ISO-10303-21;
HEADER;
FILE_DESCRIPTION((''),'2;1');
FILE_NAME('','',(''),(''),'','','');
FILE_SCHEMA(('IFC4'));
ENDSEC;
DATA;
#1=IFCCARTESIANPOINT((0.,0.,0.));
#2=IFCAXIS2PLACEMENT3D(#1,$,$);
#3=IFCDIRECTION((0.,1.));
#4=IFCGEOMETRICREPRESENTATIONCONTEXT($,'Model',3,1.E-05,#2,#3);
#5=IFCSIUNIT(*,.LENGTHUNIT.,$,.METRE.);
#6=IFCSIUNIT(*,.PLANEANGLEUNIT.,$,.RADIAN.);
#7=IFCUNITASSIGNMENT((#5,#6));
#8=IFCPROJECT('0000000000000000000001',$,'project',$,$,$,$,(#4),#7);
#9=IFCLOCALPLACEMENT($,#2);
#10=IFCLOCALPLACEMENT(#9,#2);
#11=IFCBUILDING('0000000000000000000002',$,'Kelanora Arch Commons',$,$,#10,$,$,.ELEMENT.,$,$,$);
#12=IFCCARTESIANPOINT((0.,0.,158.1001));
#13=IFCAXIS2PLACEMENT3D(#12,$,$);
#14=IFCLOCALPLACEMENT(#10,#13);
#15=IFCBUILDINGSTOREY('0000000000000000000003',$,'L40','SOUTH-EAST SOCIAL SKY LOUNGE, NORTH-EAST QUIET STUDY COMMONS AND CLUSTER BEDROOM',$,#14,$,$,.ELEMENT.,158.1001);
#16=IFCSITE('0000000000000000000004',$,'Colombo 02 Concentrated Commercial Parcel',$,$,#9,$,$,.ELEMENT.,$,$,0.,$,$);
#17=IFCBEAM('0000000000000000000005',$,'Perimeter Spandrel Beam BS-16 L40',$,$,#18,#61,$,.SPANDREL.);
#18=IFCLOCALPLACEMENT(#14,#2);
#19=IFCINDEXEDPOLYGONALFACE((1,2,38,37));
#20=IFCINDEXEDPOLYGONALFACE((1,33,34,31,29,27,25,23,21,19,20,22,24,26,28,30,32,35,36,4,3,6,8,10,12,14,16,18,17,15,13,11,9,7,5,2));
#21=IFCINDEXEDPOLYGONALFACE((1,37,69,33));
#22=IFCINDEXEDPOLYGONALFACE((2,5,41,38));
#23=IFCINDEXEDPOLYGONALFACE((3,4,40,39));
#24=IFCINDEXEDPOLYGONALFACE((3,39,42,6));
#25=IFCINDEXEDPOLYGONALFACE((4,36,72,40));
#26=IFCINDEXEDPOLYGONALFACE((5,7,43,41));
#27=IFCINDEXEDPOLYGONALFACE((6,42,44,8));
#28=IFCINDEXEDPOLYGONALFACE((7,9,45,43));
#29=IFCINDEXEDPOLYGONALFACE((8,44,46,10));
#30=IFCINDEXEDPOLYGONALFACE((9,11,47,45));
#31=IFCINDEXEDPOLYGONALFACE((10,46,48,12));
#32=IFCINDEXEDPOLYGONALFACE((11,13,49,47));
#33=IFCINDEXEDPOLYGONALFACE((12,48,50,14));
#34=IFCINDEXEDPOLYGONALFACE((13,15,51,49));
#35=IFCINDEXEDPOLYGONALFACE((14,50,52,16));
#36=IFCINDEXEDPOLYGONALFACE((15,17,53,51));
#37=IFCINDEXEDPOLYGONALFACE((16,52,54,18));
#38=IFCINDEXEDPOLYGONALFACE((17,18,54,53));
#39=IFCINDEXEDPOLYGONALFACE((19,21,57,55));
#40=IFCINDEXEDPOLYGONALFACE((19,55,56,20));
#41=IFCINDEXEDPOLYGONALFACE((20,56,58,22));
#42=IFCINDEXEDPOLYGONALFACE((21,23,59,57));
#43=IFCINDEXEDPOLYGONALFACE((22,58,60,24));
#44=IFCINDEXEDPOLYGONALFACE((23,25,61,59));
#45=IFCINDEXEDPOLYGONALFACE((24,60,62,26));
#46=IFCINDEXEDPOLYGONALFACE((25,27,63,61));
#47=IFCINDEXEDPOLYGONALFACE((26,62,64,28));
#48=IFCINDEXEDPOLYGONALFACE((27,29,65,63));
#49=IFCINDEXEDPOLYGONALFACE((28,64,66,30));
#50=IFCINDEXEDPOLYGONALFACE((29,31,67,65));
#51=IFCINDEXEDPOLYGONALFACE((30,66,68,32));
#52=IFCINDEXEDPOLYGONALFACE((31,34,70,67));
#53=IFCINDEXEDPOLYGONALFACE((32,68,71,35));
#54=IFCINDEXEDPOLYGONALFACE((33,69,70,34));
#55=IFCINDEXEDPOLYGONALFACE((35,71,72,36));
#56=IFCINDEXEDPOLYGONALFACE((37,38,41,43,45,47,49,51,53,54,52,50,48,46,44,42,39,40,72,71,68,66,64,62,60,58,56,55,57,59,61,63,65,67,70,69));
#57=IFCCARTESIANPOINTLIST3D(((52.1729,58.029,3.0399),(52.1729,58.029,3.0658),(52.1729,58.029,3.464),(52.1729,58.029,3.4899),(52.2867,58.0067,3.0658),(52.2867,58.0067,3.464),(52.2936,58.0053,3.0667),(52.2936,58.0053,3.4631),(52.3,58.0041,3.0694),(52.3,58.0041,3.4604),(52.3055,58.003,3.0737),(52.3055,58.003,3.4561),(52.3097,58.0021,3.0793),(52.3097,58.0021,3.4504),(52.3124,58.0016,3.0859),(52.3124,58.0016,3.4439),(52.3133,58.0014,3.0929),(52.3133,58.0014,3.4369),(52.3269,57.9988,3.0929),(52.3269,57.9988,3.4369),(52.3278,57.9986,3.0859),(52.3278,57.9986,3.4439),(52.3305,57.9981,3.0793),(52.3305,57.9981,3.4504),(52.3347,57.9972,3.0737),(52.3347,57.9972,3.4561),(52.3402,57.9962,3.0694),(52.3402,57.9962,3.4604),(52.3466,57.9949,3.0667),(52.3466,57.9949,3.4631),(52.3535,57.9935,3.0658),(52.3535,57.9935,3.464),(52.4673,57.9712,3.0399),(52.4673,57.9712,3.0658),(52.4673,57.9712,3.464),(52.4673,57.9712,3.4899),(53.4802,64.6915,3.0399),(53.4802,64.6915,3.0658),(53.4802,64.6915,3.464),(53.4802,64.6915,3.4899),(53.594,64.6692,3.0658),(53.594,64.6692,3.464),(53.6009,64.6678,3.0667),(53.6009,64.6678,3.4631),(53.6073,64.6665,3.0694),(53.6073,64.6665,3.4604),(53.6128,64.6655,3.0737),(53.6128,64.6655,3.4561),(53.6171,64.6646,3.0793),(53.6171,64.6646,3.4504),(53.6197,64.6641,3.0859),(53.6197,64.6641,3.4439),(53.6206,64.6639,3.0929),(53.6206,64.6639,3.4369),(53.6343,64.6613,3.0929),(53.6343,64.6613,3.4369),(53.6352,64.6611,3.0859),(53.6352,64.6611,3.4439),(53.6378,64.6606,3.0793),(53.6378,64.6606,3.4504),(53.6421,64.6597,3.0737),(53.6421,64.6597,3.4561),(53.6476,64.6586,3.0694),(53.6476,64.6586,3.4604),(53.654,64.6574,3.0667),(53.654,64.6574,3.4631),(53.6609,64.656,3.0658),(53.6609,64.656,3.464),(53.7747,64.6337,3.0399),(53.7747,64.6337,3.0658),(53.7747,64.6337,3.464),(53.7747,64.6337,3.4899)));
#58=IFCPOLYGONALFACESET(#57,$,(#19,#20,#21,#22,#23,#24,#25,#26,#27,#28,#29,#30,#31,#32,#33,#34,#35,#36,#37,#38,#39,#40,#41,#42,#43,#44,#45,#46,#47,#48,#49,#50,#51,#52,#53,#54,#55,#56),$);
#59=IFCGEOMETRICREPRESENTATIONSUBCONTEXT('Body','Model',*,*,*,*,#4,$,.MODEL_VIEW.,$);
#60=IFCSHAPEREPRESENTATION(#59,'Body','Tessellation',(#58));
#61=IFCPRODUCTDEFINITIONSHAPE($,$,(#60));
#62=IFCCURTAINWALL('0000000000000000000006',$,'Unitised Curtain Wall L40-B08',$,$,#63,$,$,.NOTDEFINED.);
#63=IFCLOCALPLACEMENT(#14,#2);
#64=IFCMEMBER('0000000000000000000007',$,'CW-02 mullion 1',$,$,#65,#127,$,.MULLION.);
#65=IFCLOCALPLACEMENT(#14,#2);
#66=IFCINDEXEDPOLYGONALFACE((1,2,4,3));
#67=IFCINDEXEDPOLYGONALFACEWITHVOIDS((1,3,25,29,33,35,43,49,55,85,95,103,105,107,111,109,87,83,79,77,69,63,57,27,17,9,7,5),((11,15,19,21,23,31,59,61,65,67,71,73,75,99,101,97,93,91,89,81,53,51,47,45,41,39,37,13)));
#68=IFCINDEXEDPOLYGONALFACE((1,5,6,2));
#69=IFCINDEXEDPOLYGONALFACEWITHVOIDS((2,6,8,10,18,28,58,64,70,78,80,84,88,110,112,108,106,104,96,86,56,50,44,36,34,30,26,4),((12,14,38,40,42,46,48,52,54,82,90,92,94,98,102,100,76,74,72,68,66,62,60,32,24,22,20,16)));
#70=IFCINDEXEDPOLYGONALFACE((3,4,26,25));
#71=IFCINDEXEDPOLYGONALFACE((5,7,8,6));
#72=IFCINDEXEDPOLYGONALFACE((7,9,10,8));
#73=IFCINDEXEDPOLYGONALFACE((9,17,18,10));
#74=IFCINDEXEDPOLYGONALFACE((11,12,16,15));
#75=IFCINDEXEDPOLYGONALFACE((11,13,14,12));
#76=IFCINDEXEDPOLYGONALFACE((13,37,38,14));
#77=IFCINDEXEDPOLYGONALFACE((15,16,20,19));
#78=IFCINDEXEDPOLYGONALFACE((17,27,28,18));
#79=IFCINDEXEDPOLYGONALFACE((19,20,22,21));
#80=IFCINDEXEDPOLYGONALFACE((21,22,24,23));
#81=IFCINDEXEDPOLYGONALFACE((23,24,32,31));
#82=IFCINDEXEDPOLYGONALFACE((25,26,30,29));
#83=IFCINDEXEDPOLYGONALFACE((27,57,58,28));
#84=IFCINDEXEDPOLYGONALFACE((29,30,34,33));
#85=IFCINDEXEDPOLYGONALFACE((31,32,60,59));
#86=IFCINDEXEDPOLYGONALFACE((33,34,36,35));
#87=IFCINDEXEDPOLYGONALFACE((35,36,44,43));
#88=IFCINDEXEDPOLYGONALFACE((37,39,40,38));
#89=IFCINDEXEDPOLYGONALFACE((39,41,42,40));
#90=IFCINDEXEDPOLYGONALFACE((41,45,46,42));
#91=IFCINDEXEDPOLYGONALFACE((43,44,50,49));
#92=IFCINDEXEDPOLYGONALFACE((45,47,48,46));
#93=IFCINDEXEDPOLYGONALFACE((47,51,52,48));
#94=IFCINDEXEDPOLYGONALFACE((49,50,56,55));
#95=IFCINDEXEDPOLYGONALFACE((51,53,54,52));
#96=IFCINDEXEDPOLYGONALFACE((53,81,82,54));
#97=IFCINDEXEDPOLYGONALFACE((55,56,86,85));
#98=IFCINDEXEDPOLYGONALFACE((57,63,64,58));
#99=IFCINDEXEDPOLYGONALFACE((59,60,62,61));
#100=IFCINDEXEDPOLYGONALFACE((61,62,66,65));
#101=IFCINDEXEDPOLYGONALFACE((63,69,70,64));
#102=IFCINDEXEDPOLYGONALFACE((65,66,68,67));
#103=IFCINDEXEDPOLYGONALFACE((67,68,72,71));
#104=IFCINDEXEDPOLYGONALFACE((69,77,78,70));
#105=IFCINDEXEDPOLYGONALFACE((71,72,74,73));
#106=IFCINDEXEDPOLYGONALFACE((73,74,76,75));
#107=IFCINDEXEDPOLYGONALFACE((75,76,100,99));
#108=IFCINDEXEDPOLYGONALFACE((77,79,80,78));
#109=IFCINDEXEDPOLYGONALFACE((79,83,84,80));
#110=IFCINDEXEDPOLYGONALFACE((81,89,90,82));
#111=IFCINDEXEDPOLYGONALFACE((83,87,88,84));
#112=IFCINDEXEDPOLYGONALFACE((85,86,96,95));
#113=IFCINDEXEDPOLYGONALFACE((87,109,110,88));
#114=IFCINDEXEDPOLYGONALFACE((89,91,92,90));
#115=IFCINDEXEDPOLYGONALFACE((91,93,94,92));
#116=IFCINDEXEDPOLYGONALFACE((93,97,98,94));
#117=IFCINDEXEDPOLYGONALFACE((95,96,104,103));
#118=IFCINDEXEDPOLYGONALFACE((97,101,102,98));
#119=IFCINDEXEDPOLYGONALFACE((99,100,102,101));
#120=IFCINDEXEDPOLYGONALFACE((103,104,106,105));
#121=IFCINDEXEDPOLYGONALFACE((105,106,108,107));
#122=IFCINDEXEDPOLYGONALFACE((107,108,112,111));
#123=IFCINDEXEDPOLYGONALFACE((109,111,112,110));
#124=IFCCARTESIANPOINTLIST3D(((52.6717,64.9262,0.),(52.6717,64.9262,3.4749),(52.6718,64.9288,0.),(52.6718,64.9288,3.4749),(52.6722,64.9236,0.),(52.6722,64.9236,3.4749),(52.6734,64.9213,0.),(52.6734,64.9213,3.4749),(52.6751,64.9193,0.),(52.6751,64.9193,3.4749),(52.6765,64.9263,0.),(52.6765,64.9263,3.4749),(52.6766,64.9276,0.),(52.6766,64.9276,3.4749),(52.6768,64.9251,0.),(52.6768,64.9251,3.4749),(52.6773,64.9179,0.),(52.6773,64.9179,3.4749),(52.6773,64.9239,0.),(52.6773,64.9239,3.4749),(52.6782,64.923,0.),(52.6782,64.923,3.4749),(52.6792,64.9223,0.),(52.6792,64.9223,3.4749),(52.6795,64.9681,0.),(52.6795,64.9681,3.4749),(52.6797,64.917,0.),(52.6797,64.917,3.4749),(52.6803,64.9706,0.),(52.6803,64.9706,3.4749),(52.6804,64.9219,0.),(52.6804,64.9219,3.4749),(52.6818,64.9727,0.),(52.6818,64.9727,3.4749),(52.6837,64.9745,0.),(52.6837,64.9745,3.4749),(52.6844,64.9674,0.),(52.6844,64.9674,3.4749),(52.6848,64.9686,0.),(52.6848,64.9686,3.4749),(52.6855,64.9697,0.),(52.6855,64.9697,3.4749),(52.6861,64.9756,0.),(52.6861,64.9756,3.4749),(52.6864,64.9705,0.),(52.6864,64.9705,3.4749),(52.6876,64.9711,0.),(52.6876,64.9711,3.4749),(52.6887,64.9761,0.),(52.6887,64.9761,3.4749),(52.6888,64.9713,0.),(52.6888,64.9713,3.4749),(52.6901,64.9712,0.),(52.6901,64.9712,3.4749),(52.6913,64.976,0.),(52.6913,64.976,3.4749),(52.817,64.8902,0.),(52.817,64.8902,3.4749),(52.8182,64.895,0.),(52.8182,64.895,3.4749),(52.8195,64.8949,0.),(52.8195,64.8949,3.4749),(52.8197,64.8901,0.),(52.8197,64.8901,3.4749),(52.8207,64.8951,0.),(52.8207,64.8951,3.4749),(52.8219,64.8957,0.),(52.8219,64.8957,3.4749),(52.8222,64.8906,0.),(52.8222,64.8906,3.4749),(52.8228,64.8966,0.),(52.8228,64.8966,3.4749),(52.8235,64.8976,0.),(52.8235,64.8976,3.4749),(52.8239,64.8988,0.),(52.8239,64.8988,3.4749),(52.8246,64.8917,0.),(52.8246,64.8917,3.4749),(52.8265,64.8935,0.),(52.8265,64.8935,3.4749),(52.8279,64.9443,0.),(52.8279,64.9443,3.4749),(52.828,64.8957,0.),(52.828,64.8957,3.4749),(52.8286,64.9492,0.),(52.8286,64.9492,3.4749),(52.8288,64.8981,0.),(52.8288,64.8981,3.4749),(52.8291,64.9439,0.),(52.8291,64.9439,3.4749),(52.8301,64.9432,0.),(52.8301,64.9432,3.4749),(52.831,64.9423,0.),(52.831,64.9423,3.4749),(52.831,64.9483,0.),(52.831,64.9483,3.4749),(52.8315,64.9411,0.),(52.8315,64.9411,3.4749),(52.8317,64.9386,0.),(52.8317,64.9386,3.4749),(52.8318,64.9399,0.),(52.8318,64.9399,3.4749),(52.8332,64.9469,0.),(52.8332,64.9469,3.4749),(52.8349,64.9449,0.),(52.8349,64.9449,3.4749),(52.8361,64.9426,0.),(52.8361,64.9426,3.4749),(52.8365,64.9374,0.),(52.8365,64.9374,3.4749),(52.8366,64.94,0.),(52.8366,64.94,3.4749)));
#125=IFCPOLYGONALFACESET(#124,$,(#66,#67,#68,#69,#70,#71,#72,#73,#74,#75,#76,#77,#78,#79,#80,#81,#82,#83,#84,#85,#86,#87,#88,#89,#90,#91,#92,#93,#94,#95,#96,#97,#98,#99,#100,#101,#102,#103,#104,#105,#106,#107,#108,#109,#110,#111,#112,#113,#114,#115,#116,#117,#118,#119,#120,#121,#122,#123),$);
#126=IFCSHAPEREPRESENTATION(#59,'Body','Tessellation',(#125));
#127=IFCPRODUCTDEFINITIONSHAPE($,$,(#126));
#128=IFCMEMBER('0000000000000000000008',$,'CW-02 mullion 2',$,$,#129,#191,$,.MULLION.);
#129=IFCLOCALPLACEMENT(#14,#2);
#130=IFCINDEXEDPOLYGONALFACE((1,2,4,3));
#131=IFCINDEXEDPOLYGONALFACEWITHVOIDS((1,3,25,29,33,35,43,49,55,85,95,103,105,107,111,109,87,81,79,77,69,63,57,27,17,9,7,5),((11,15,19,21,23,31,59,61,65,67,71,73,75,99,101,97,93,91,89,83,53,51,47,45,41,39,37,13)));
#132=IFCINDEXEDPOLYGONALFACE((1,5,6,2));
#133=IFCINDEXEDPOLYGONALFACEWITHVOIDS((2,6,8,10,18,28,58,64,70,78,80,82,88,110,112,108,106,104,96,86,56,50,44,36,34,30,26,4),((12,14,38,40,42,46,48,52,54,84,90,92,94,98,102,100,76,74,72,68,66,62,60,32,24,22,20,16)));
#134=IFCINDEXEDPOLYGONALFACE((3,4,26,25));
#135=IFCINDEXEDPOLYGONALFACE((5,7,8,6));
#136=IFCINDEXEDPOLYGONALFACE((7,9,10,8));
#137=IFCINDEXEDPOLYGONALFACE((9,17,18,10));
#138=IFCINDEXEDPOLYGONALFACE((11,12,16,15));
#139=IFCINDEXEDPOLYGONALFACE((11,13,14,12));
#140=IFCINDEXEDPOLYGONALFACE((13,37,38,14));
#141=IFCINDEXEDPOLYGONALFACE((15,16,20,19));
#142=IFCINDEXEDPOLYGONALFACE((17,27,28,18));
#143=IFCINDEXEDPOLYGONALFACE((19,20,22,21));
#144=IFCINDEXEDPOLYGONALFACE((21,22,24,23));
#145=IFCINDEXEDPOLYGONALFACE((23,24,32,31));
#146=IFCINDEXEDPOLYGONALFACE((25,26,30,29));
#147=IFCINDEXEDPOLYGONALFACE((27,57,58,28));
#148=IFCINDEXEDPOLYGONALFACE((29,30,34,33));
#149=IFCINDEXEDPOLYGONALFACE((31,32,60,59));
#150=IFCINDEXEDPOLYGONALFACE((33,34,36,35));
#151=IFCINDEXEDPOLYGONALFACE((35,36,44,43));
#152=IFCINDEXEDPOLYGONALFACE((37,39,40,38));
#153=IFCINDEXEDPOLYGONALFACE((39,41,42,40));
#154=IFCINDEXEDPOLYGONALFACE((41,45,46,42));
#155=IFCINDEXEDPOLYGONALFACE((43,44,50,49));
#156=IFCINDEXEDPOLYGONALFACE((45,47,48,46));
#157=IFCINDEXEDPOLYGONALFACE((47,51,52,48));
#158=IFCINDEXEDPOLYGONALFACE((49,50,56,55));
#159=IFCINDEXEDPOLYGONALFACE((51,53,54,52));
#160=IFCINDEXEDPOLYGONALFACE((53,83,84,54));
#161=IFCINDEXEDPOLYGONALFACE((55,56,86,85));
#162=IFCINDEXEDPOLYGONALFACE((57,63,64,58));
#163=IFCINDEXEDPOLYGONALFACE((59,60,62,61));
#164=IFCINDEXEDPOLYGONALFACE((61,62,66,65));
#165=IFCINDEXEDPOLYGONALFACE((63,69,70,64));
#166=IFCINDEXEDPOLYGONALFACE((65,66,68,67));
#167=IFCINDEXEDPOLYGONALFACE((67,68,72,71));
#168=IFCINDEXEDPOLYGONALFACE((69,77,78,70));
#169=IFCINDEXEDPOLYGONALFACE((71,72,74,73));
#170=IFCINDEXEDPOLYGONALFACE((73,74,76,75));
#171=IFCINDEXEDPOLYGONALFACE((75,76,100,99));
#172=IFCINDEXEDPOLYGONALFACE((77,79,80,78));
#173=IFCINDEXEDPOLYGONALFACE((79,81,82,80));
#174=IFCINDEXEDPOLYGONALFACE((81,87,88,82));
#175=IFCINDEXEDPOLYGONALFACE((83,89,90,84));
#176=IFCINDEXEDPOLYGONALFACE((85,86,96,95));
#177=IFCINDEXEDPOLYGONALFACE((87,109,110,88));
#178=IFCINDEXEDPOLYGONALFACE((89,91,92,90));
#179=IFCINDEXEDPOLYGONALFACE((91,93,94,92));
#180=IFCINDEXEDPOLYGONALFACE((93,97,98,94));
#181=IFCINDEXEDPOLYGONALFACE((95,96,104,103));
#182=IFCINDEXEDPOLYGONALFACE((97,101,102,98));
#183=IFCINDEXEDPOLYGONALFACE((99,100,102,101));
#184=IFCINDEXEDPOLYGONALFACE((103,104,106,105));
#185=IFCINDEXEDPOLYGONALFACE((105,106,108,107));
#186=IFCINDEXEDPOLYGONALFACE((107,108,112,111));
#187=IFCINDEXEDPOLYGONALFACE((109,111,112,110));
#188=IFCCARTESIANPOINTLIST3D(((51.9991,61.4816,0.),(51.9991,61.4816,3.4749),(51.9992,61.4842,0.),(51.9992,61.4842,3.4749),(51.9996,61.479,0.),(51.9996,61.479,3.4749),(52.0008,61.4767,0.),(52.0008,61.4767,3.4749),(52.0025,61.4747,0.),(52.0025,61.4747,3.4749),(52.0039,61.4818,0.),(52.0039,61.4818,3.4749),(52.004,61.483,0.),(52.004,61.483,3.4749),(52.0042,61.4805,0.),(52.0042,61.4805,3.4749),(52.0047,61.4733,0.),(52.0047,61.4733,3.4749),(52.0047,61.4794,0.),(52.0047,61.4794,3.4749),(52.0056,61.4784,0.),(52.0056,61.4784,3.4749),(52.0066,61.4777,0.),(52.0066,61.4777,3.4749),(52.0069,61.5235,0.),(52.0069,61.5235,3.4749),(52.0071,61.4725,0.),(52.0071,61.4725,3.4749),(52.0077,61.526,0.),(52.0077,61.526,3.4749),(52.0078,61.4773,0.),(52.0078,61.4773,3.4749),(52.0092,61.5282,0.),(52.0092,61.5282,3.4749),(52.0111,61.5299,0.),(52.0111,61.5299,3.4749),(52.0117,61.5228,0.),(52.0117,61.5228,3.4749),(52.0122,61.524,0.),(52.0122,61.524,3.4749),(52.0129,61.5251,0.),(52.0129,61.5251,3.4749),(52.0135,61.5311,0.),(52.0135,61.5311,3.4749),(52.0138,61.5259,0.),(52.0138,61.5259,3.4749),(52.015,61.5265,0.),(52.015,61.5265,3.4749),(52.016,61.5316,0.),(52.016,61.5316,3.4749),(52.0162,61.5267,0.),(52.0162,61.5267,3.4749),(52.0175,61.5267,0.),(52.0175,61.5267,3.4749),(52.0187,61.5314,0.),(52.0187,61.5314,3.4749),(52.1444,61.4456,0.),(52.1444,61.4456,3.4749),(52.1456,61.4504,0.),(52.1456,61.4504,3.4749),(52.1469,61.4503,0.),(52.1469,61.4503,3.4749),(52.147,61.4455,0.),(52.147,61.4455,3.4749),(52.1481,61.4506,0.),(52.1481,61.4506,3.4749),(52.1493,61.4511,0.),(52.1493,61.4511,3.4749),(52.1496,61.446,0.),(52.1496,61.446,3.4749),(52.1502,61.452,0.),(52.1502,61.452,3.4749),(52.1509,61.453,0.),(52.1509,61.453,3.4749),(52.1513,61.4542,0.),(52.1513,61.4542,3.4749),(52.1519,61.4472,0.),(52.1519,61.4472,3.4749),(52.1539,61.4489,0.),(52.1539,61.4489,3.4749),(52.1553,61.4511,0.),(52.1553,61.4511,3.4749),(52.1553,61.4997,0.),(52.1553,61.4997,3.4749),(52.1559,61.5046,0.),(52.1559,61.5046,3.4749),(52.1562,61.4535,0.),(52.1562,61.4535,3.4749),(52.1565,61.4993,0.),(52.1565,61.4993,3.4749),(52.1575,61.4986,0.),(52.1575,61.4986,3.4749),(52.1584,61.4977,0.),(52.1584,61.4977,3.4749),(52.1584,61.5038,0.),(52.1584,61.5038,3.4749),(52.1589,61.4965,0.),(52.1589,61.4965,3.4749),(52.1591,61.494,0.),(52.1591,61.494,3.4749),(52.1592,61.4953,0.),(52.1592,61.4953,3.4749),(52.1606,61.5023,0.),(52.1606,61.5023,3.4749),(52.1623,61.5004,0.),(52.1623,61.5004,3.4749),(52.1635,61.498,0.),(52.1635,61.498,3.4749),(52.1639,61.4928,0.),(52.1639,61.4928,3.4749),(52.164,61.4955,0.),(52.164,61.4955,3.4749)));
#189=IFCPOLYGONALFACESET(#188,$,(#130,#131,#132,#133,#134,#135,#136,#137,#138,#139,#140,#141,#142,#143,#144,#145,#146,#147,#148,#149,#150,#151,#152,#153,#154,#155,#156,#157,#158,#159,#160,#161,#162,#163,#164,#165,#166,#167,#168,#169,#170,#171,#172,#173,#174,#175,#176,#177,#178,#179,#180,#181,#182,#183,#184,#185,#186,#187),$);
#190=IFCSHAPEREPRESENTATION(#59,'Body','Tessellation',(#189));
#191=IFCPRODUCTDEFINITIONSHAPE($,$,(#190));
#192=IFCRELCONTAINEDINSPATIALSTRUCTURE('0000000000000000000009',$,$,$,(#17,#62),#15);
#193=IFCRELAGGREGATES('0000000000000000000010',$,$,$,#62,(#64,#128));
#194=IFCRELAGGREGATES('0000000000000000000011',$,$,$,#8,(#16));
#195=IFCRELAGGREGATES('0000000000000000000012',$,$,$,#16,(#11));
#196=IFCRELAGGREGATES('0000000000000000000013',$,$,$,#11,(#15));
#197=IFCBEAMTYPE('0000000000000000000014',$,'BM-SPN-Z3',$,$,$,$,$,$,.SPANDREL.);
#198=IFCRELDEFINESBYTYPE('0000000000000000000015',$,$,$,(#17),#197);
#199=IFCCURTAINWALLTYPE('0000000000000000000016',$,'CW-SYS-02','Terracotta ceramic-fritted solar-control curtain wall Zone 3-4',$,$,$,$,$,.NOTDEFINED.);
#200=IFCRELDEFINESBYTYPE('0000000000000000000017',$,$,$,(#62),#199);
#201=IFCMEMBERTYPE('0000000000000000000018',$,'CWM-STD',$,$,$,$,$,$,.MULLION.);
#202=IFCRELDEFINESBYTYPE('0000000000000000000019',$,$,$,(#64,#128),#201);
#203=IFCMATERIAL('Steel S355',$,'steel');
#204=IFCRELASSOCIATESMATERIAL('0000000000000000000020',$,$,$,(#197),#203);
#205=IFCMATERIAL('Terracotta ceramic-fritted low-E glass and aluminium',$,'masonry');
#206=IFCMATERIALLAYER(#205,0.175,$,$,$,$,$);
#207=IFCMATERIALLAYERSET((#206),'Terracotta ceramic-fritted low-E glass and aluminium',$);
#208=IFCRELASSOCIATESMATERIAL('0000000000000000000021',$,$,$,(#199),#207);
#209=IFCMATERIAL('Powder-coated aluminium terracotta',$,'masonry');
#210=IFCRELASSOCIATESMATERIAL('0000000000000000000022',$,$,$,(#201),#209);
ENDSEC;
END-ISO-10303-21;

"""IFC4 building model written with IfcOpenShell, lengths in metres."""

from ifc_helpers import new_model, si_unit, direction, frame, origin, origin_2d, place, context, subcontext, project, spatial, hollow_rectangle, i_section, extrude, material, layer, layer_set, material_profile, profile_set, type_object, element, aggregate, save


model = new_model("IFC4")

# Units and contexts
model_context = context("Model", 3, precision=1e-05, world=origin(), true_north=direction((0.0, 1.0)))
body_context = subcontext(model_context, "Body", "Model", "MODEL_VIEW")
ifc_project = project(units=[si_unit("LENGTHUNIT", "METRE"), si_unit("PLANEANGLEUNIT", "RADIAN")], contexts=[model_context])

# Site, building, storey
site_placement = place(None, origin())
site = spatial("IfcSite", under=ifc_project, at=site_placement, Name="Colombo 02 Concentrated Commercial Parcel", CompositionType="ELEMENT", RefElevation=0.0)
building_placement = place(site_placement, origin())
building = spatial("IfcBuilding", under=site, at=building_placement, Name="Kelanora Arch Commons", CompositionType="ELEMENT")
storey_placement = place(building_placement, frame((0.0, 0.0, 158.1001)))
storey = spatial("IfcBuildingStorey", under=building, at=storey_placement, Name="L40", Description="SOUTH-EAST SOCIAL SKY LOUNGE, NORTH-EAST QUIET STUDY COMMONS AND CLUSTER BEDROOM", CompositionType="ELEMENT", Elevation=158.1001)

# Beam
ifc_material_1 = material(Name="Steel S355", Category="steel")
ifc_material_profile_1 = material_profile(ifc_material_1, i_section(OverallWidth=0.3, OverallDepth=0.45, WebThickness=0.0139, FlangeThickness=0.0259, FilletRadius=0.0271, at=origin_2d()), Name="HEB450")
ifc_profile_set_1 = profile_set([ifc_material_profile_1], Name="Steel S355")
beam_type_1 = type_object("IfcBeamType", Name="BM-SPN-Z3", PredefinedType="SPANDREL", material=ifc_profile_set_1)
beam_1_placement = place(storey_placement, frame((53.6274, 64.6626, 3.2649), z_axis=(-0.192554, -0.981286, 0.0), x_axis=(0.981286, -0.192554, 0.0)))
element("IfcBeam", 1, at=beam_1_placement, inside=storey, type_object=beam_type_1, Name="Perimeter Spandrel Beam BS-16 L40", PredefinedType="SPANDREL", context=body_context, shape_type="SweptSolid", body=[
    extrude(i_section(OverallWidth=0.3, OverallDepth=0.45, WebThickness=0.0139, FlangeThickness=0.0259, FilletRadius=0.0271, at=origin_2d()), origin(), (0.0, 0.0, 1.0), 6.7896),
])

# Curtain wall, members
ifc_material_2 = material(Name="Terracotta ceramic-fritted low-E glass and aluminium", Category="masonry")
ifc_layer_1 = layer(ifc_material_2, 0.175)
ifc_layer_set_1 = layer_set([ifc_layer_1], Name="Terracotta ceramic-fritted low-E glass and aluminium")
curtain_wall_type = type_object("IfcCurtainWallType", Name="CW-SYS-02", Description="Terracotta ceramic-fritted solar-control curtain wall Zone 3-4", PredefinedType="NOTDEFINED", material=ifc_layer_set_1)
curtain_wall_placement = place(storey_placement, origin())
curtain_wall = element("IfcCurtainWall", 2, at=curtain_wall_placement, inside=storey, type_object=curtain_wall_type, Name="Unitised Curtain Wall L40-B08", PredefinedType="NOTDEFINED")
ifc_material_3 = material(Name="Powder-coated aluminium terracotta", Category="masonry")
ifc_material_profile_2 = material_profile(ifc_material_3, hollow_rectangle(XDim=0.1599, YDim=0.0601, WallThickness=0.0049, InnerFilletRadius=0.0049, OuterFilletRadius=0.01, at=origin_2d()), Name="CWM160x60")
ifc_profile_set_2 = profile_set([ifc_material_profile_2], Name="Powder-coated aluminium terracotta")
member_type_1 = type_object("IfcMemberType", Name="CWM-STD", PredefinedType="MULLION", material=ifc_profile_set_2)
member_1_placement = place(storey_placement, frame((52.7542, 64.9331, 0.0), z_axis=(0.0, 0.0, 1.0), x_axis=(0.981453, -0.191705, 0.0)))
member_1 = element("IfcMember", 3, at=member_1_placement, type_object=member_type_1, Name="CW-02 mullion 1", PredefinedType="MULLION", context=body_context, shape_type="SweptSolid", body=[
    extrude(hollow_rectangle(XDim=0.1599, YDim=0.0601, WallThickness=0.0049, InnerFilletRadius=0.0049, OuterFilletRadius=0.01, at=origin_2d()), origin(), (0.0, 0.0, 1.0), 3.4749),
])
member_2_placement = place(storey_placement, frame((52.0815, 61.4885, 0.0), z_axis=(0.0, 0.0, 1.0), x_axis=(0.981453, -0.191705, 0.0)))
member_2 = element("IfcMember", 4, at=member_2_placement, type_object=member_type_1, Name="CW-02 mullion 2", PredefinedType="MULLION", context=body_context, shape_type="SweptSolid", body=[
    extrude(hollow_rectangle(XDim=0.1599, YDim=0.0601, WallThickness=0.0049, InnerFilletRadius=0.0049, OuterFilletRadius=0.01, at=origin_2d()), origin(), (0.0, 0.0, 1.0), 3.4749),
])
aggregate(curtain_wall, [member_1, member_2])

save(model, "model.ifc")
